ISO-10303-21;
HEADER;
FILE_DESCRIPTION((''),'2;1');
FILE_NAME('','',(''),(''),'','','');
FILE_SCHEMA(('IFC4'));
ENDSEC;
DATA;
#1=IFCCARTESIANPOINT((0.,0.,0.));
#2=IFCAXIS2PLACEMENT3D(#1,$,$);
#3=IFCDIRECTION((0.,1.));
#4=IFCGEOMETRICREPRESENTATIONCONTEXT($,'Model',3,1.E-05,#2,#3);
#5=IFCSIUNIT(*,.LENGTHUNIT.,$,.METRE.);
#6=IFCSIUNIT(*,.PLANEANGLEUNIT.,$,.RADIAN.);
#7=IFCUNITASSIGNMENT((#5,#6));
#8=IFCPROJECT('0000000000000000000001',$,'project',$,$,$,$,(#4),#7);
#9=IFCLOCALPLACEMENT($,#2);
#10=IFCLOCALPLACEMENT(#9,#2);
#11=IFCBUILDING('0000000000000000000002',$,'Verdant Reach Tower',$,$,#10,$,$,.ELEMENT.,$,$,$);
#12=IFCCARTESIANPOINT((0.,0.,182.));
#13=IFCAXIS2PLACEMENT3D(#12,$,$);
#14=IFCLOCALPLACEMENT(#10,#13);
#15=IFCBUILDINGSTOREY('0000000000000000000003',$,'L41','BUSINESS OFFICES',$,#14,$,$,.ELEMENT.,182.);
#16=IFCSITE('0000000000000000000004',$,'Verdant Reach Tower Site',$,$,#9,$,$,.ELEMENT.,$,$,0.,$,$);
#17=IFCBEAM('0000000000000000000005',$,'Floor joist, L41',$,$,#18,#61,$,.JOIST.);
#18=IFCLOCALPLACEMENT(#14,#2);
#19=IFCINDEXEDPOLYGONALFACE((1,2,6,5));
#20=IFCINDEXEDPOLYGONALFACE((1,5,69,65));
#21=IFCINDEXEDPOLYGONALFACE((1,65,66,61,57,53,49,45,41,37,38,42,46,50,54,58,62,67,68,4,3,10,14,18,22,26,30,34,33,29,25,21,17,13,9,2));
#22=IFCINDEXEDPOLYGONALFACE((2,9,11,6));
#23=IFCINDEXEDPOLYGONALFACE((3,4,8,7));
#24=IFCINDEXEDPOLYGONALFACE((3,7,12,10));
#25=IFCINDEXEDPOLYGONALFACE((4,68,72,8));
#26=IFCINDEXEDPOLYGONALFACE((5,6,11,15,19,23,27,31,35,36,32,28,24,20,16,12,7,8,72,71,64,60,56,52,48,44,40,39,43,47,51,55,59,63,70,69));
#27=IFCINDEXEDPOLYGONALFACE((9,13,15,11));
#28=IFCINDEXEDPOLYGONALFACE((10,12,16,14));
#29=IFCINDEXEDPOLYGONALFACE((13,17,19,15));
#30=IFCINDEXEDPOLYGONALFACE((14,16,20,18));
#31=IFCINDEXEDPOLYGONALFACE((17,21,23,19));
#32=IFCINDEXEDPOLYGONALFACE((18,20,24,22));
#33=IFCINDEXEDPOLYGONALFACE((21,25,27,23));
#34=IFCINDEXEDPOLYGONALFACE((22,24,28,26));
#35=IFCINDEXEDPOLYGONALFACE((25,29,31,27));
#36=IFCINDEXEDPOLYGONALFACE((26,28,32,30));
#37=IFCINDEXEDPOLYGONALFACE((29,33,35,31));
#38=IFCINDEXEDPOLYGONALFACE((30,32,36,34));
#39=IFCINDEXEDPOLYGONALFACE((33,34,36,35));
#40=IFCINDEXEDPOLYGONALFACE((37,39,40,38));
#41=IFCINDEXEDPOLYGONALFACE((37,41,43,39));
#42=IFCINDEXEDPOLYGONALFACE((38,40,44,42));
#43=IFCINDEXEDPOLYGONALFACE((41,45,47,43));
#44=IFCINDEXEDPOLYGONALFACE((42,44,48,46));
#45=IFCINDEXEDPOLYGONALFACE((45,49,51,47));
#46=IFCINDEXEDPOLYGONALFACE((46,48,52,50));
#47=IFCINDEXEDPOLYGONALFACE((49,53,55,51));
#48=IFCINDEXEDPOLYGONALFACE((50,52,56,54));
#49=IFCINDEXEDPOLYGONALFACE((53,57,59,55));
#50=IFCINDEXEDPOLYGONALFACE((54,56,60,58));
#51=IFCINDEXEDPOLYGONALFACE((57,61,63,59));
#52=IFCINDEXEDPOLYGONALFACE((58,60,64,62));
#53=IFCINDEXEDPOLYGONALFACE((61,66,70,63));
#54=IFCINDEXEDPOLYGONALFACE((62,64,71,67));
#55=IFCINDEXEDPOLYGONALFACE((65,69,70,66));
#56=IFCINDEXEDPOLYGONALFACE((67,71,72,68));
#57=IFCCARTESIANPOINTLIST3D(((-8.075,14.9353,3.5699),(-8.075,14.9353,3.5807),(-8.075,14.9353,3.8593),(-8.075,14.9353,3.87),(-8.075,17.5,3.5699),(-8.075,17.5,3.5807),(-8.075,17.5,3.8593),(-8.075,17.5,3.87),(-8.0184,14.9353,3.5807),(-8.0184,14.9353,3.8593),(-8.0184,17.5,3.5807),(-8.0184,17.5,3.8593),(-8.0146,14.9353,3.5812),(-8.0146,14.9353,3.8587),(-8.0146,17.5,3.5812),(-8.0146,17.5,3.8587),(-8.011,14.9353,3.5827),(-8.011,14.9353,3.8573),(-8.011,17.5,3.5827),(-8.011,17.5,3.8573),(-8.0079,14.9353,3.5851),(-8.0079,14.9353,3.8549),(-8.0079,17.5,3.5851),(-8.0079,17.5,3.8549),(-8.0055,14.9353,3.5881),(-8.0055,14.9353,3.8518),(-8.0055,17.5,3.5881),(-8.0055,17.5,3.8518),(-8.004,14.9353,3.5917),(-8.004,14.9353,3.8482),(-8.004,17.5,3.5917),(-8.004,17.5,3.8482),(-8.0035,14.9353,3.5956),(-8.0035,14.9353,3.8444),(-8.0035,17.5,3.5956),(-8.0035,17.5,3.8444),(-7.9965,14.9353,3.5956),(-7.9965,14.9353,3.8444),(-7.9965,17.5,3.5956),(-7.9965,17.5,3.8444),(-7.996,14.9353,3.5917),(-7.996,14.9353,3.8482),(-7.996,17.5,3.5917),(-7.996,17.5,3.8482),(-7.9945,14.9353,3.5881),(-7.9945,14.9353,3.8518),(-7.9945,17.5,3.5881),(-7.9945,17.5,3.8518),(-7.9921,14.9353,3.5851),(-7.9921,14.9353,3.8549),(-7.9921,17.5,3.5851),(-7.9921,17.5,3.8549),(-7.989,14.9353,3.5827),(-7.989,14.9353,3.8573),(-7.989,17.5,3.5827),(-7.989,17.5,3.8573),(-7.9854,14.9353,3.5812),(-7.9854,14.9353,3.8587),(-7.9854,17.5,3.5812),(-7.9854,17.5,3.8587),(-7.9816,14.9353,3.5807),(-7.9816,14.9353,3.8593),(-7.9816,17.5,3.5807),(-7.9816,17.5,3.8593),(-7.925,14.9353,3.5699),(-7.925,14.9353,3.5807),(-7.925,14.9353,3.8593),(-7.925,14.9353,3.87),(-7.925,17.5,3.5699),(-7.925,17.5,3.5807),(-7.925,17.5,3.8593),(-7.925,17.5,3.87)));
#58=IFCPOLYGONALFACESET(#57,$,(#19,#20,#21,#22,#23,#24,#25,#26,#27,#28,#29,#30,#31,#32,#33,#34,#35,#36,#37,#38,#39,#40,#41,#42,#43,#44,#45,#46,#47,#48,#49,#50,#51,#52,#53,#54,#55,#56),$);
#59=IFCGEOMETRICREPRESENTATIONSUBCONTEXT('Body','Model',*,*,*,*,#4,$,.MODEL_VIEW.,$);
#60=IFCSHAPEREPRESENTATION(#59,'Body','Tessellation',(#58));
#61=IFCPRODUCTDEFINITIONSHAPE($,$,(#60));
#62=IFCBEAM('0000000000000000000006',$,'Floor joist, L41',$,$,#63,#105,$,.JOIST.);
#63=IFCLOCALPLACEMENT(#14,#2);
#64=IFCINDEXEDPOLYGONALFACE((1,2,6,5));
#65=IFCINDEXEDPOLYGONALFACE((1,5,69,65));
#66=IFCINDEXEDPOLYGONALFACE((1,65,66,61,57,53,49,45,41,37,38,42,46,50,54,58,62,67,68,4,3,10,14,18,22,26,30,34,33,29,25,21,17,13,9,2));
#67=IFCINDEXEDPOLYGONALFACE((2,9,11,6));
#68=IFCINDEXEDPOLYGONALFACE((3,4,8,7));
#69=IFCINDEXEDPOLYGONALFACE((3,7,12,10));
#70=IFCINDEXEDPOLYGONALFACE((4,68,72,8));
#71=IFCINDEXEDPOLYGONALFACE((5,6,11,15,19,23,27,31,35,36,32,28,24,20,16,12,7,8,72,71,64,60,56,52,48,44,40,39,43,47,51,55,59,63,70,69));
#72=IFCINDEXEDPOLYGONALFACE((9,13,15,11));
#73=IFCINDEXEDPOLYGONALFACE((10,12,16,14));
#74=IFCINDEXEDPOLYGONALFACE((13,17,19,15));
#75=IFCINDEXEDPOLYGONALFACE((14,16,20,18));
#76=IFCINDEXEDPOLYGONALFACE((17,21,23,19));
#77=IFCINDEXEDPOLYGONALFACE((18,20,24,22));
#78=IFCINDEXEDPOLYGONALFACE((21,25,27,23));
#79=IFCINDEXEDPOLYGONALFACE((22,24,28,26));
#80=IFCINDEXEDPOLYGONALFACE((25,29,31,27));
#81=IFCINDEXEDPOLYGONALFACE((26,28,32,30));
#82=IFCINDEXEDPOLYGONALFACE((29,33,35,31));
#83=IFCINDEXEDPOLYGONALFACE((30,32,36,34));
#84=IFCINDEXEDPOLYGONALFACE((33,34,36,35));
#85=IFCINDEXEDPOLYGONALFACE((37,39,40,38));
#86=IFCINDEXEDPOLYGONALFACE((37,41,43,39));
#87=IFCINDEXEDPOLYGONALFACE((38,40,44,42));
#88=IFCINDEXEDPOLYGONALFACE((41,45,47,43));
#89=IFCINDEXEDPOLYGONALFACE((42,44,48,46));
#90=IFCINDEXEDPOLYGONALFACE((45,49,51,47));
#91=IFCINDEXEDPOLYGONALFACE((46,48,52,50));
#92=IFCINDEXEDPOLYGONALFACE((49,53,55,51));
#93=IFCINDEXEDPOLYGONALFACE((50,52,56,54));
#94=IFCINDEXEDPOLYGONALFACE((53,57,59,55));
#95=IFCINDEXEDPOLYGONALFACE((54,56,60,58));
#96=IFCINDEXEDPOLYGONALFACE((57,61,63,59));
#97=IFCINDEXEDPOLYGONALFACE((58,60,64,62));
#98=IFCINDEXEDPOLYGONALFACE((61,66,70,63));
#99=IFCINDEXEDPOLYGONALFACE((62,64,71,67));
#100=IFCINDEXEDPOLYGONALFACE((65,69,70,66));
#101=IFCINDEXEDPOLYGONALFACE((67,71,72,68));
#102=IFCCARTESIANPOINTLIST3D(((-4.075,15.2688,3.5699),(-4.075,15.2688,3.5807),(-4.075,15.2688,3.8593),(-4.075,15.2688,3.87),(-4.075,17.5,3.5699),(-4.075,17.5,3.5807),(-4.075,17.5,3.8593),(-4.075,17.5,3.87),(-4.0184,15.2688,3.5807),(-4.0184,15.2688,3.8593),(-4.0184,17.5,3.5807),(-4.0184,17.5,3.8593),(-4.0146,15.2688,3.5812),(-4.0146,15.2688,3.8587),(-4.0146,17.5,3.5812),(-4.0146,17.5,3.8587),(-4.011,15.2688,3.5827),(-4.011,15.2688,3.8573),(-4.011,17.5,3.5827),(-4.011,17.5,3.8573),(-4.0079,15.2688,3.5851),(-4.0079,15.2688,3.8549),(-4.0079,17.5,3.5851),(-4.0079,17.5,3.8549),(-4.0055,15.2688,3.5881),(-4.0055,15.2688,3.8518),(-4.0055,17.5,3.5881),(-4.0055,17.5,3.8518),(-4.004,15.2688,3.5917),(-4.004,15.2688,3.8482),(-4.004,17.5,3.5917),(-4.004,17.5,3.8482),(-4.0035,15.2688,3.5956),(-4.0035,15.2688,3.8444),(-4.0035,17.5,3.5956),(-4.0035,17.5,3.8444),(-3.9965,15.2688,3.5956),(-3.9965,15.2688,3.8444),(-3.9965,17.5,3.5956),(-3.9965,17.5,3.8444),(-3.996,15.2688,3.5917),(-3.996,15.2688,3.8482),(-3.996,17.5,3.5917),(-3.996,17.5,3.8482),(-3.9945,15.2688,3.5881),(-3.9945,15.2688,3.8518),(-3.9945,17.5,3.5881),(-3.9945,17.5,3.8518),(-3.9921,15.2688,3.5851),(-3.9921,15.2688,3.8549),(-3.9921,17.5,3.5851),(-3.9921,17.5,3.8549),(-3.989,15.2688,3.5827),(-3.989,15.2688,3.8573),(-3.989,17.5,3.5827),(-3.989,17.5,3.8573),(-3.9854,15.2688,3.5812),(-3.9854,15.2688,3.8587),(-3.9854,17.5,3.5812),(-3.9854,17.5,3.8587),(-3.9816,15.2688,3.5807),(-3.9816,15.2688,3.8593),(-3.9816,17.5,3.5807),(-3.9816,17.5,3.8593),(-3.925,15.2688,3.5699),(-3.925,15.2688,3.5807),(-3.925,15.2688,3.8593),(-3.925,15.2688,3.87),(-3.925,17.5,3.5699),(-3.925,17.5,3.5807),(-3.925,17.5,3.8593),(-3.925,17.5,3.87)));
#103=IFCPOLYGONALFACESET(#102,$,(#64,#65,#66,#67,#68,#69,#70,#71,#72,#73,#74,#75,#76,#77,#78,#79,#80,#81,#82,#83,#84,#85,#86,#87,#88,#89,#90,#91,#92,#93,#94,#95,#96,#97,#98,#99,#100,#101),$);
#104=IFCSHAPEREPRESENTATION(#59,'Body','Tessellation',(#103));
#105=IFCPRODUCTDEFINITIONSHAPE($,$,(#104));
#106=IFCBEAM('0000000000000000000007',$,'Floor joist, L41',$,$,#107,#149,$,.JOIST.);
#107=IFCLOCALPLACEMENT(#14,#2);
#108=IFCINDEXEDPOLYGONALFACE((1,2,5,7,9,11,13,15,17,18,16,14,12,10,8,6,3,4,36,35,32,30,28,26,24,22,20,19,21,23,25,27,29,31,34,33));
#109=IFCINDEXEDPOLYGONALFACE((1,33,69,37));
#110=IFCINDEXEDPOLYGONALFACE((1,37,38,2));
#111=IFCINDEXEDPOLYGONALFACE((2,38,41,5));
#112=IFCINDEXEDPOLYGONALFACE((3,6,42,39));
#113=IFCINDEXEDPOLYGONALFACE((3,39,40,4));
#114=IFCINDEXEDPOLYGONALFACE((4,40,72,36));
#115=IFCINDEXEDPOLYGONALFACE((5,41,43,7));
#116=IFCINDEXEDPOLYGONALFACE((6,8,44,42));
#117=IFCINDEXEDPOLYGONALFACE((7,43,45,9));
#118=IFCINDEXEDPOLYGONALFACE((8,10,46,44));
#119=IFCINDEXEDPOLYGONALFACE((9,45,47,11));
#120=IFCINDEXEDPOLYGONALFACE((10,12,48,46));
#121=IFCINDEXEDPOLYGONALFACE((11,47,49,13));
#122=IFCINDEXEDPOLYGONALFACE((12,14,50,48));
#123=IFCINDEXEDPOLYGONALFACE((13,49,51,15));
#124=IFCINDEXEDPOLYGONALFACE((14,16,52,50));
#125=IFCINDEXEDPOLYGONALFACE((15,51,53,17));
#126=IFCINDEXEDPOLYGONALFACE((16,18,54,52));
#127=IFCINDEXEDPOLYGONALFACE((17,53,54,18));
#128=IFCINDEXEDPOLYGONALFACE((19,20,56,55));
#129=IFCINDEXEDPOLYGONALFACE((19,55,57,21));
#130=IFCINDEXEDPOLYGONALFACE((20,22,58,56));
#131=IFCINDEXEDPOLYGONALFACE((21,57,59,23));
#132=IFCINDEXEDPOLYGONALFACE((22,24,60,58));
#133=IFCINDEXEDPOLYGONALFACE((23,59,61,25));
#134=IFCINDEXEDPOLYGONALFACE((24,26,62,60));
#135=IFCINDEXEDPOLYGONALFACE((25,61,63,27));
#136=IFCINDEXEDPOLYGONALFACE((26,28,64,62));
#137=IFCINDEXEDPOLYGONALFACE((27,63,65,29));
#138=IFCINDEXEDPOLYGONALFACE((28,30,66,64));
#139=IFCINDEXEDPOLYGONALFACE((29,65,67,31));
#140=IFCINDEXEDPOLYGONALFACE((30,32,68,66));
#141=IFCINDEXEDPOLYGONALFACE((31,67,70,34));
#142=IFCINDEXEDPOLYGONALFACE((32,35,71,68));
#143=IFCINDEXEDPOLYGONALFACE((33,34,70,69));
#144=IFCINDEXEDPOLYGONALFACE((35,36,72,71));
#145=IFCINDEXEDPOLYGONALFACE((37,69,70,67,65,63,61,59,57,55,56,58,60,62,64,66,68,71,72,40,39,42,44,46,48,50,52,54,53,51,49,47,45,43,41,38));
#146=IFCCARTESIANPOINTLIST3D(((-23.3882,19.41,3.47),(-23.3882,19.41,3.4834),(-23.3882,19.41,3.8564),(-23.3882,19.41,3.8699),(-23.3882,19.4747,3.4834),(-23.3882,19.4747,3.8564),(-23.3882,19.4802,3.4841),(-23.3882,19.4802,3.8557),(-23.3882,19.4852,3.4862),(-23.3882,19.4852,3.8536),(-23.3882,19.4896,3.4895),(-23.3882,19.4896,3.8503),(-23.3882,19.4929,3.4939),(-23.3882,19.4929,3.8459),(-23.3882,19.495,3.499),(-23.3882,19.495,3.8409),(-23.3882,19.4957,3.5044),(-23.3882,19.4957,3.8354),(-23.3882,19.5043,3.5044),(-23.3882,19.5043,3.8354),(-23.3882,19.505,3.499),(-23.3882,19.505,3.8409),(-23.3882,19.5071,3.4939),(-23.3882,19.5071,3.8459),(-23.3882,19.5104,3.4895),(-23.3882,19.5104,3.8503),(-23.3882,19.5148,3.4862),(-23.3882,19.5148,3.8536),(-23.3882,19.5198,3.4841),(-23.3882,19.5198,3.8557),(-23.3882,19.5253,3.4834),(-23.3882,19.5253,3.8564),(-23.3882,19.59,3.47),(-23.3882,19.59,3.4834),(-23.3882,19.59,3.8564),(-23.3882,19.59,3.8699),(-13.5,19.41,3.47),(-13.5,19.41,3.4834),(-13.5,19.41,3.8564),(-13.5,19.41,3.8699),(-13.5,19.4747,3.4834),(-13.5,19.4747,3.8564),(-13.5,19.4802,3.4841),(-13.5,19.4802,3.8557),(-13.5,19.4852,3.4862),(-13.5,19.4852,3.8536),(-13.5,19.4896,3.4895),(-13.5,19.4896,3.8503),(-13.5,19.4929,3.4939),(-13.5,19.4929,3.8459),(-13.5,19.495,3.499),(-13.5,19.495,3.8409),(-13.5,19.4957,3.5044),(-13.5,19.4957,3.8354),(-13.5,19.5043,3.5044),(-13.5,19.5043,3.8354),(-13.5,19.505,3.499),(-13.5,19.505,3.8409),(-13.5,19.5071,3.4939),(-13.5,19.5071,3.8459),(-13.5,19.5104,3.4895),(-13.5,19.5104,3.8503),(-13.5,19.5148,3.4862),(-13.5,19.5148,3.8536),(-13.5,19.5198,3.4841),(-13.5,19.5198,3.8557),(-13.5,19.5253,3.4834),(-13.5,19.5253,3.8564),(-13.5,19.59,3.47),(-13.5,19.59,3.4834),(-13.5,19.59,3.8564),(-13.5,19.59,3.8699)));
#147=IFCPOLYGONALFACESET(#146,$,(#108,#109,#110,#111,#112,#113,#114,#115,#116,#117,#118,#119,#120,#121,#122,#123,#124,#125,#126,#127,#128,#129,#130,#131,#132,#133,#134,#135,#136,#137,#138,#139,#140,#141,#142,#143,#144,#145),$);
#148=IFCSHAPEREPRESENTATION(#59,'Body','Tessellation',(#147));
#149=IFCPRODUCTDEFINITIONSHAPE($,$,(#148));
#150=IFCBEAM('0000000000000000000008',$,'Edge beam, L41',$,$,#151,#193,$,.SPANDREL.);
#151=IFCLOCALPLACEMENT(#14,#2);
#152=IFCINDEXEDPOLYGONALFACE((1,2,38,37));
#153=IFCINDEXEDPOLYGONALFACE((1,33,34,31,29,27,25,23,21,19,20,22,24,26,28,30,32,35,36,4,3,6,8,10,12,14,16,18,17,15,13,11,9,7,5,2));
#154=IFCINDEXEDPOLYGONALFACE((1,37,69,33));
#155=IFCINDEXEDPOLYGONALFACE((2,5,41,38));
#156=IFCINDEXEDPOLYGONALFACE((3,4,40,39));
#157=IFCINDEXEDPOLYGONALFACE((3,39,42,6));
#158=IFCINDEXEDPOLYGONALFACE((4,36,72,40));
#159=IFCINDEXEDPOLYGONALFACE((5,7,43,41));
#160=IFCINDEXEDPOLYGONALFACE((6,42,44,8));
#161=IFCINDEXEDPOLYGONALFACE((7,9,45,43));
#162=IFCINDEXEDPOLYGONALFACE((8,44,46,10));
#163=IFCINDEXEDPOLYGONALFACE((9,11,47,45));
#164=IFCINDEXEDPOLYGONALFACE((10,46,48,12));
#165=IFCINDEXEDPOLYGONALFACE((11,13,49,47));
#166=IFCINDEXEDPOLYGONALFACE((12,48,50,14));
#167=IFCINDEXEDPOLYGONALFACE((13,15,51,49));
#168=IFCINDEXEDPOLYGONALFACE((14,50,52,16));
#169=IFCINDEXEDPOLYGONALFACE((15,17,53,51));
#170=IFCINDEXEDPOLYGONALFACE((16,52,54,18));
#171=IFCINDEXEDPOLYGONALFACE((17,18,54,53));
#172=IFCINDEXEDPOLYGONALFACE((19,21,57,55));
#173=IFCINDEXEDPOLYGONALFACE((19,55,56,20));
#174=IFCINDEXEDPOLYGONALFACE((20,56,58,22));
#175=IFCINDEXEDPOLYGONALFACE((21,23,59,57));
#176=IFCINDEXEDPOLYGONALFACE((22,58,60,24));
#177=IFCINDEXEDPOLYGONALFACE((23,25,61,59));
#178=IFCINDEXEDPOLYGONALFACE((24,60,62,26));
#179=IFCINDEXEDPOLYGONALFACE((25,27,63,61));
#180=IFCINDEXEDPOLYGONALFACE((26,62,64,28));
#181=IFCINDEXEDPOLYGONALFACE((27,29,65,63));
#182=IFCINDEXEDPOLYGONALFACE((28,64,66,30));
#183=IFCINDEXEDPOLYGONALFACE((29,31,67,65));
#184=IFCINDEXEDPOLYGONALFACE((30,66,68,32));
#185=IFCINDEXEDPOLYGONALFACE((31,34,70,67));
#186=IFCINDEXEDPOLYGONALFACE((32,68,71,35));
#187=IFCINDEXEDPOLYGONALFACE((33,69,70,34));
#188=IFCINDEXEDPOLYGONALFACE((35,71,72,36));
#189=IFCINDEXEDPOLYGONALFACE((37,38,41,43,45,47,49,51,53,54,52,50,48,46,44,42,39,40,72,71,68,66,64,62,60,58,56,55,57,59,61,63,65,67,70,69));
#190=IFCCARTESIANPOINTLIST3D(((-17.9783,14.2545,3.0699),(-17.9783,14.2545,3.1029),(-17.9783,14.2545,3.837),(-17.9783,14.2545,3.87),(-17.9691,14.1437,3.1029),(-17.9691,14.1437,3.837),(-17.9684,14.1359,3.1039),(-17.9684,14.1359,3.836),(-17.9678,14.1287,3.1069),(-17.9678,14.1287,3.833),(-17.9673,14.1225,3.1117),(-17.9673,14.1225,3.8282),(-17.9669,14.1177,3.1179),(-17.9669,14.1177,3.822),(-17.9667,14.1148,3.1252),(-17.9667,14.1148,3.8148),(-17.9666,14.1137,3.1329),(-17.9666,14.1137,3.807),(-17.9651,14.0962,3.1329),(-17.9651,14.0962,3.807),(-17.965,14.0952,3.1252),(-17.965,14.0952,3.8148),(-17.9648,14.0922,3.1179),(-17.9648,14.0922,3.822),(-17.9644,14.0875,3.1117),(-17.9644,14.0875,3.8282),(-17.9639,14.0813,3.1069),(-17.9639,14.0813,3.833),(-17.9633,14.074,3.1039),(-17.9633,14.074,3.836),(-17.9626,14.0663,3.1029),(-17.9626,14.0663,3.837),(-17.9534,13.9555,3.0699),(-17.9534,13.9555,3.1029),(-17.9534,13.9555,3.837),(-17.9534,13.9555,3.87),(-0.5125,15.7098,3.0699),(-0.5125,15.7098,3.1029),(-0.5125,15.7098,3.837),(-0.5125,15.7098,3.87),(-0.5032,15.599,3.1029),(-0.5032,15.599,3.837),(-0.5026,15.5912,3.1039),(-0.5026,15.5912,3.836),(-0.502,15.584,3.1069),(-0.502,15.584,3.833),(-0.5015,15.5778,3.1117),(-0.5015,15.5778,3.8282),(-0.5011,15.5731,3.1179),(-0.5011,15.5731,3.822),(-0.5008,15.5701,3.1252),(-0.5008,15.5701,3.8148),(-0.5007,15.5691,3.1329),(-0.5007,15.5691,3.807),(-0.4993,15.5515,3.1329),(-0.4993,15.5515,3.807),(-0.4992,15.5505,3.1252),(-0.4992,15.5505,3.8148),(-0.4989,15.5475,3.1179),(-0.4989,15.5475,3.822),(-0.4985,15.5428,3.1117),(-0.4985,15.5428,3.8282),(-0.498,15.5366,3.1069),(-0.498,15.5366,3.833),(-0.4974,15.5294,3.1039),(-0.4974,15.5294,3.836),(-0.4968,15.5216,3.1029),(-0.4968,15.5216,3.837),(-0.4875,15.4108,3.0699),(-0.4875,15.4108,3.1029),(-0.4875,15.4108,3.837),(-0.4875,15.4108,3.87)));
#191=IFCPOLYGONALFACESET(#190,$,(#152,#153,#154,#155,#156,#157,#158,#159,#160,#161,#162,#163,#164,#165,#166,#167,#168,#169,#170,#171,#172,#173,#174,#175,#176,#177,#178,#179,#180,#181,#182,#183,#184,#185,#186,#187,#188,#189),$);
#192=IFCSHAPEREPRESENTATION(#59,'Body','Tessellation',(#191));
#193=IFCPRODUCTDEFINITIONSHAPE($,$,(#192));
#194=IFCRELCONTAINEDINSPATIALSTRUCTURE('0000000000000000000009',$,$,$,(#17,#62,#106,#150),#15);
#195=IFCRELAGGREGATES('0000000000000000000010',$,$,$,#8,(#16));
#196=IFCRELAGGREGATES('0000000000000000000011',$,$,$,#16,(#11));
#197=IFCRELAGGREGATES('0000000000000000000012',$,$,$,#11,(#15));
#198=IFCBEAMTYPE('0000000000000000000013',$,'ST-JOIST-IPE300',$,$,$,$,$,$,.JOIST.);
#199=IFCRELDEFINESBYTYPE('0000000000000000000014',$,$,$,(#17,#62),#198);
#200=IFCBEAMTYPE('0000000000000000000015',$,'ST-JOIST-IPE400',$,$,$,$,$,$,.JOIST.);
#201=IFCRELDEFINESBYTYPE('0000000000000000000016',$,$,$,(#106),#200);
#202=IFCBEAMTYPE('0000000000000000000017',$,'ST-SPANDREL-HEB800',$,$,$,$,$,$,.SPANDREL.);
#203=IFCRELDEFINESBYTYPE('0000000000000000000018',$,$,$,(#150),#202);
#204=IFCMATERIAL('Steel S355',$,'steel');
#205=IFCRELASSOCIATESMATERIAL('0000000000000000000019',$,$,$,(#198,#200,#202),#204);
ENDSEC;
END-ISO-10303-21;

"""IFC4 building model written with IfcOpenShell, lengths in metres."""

from ifc_helpers import new_model, si_unit, direction, frame, origin, origin_2d, place, context, subcontext, project, spatial, i_section, extrude, material, material_profile, profile_set, type_object, element, save


model = new_model("IFC4")

# Units and contexts
model_context = context("Model", 3, precision=1e-05, world=origin(), true_north=direction((0.0, 1.0)))
body_context = subcontext(model_context, "Body", "Model", "MODEL_VIEW")
ifc_project = project(units=[si_unit("LENGTHUNIT", "METRE"), si_unit("PLANEANGLEUNIT", "RADIAN")], contexts=[model_context])

# Site, building, storey
site_placement = place(None, origin())
site = spatial("IfcSite", under=ifc_project, at=site_placement, Name="Verdant Reach Tower Site", CompositionType="ELEMENT", RefElevation=0.0)
building_placement = place(site_placement, origin())
building = spatial("IfcBuilding", under=site, at=building_placement, Name="Verdant Reach Tower", CompositionType="ELEMENT")
storey_placement = place(building_placement, frame((0.0, 0.0, 182.0)))
storey = spatial("IfcBuildingStorey", under=building, at=storey_placement, Name="L41", Description="BUSINESS OFFICES", CompositionType="ELEMENT", Elevation=182.0)

# Beams
ifc_material_1 = material(Name="Steel S355", Category="steel")
ifc_material_profile_1 = material_profile(ifc_material_1, i_section(OverallWidth=0.1499, OverallDepth=0.3, WebThickness=0.0071, FlangeThickness=0.0107, FilletRadius=0.0149, at=origin_2d()), Name="IPE 300")
ifc_profile_set_1 = profile_set([ifc_material_profile_1], Name="Steel S355")
beam_type_1 = type_object("IfcBeamType", Name="ST-JOIST-IPE300", PredefinedType="JOIST", material=ifc_profile_set_1)
beam_1_placement = place(storey_placement, frame((-8.0, 17.5, 3.72), z_axis=(0.0, -1.0, 0.0), x_axis=(1.0, 0.0, 0.0)))
element("IfcBeam", 1, at=beam_1_placement, inside=storey, type_object=beam_type_1, Name="Floor joist, L41", PredefinedType="JOIST", context=body_context, shape_type="SweptSolid", body=[
    extrude(i_section(OverallWidth=0.1499, OverallDepth=0.3, WebThickness=0.0071, FlangeThickness=0.0107, FilletRadius=0.0149, at=origin_2d()), origin(), (0.0, 0.0, 1.0), 2.5647),
])
beam_2_placement = place(storey_placement, frame((-4.0, 17.5, 3.72), z_axis=(0.0, -1.0, 0.0), x_axis=(1.0, 0.0, 0.0)))
element("IfcBeam", 2, at=beam_2_placement, inside=storey, type_object=beam_type_1, Name="Floor joist, L41", PredefinedType="JOIST", context=body_context, shape_type="SweptSolid", body=[
    extrude(i_section(OverallWidth=0.1499, OverallDepth=0.3, WebThickness=0.0071, FlangeThickness=0.0107, FilletRadius=0.0149, at=origin_2d()), origin(), (0.0, 0.0, 1.0), 2.2312),
])
ifc_material_profile_2 = material_profile(ifc_material_1, i_section(OverallWidth=0.1799, OverallDepth=0.3999, WebThickness=0.0085, FlangeThickness=0.0134, FilletRadius=0.021, at=origin_2d()), Name="IPE 400")
ifc_profile_set_2 = profile_set([ifc_material_profile_2], Name="Steel S355")
beam_type_2 = type_object("IfcBeamType", Name="ST-JOIST-IPE400", PredefinedType="JOIST", material=ifc_profile_set_2)
beam_3_placement = place(storey_placement, frame((-13.5, 19.5, 3.6699), z_axis=(-1.0, 0.0, 0.0), x_axis=(0.0, -1.0, 0.0)))
element("IfcBeam", 3, at=beam_3_placement, inside=storey, type_object=beam_type_2, Name="Floor joist, L41", PredefinedType="JOIST", context=body_context, shape_type="SweptSolid", body=[
    extrude(i_section(OverallWidth=0.1799, OverallDepth=0.3999, WebThickness=0.0085, FlangeThickness=0.0134, FilletRadius=0.021, at=origin_2d()), origin(), (0.0, 0.0, 1.0), 9.8882),
])
ifc_material_profile_3 = material_profile(ifc_material_1, i_section(OverallWidth=0.3, OverallDepth=0.8, WebThickness=0.0176, FlangeThickness=0.033, FilletRadius=0.03, at=origin_2d()), Name="HEB 800")
ifc_profile_set_3 = profile_set([ifc_material_profile_3], Name="Steel S355")
beam_type_3 = type_object("IfcBeamType", Name="ST-SPANDREL-HEB800", PredefinedType="SPANDREL", material=ifc_profile_set_3)
beam_4_placement = place(storey_placement, frame((-0.5, 15.5603, 3.47), z_axis=(-0.996547, -0.083036, 0.0), x_axis=(0.083036, -0.996547, 0.0)))
element("IfcBeam", 4, at=beam_4_placement, inside=storey, type_object=beam_type_3, Name="Edge beam, L41", PredefinedType="SPANDREL", context=body_context, shape_type="SweptSolid", body=[
    extrude(i_section(OverallWidth=0.3, OverallDepth=0.8, WebThickness=0.0176, FlangeThickness=0.033, FilletRadius=0.03, at=origin_2d()), origin(), (0.0, 0.0, 1.0), 17.5264),
])

save(model, "model.ifc")
